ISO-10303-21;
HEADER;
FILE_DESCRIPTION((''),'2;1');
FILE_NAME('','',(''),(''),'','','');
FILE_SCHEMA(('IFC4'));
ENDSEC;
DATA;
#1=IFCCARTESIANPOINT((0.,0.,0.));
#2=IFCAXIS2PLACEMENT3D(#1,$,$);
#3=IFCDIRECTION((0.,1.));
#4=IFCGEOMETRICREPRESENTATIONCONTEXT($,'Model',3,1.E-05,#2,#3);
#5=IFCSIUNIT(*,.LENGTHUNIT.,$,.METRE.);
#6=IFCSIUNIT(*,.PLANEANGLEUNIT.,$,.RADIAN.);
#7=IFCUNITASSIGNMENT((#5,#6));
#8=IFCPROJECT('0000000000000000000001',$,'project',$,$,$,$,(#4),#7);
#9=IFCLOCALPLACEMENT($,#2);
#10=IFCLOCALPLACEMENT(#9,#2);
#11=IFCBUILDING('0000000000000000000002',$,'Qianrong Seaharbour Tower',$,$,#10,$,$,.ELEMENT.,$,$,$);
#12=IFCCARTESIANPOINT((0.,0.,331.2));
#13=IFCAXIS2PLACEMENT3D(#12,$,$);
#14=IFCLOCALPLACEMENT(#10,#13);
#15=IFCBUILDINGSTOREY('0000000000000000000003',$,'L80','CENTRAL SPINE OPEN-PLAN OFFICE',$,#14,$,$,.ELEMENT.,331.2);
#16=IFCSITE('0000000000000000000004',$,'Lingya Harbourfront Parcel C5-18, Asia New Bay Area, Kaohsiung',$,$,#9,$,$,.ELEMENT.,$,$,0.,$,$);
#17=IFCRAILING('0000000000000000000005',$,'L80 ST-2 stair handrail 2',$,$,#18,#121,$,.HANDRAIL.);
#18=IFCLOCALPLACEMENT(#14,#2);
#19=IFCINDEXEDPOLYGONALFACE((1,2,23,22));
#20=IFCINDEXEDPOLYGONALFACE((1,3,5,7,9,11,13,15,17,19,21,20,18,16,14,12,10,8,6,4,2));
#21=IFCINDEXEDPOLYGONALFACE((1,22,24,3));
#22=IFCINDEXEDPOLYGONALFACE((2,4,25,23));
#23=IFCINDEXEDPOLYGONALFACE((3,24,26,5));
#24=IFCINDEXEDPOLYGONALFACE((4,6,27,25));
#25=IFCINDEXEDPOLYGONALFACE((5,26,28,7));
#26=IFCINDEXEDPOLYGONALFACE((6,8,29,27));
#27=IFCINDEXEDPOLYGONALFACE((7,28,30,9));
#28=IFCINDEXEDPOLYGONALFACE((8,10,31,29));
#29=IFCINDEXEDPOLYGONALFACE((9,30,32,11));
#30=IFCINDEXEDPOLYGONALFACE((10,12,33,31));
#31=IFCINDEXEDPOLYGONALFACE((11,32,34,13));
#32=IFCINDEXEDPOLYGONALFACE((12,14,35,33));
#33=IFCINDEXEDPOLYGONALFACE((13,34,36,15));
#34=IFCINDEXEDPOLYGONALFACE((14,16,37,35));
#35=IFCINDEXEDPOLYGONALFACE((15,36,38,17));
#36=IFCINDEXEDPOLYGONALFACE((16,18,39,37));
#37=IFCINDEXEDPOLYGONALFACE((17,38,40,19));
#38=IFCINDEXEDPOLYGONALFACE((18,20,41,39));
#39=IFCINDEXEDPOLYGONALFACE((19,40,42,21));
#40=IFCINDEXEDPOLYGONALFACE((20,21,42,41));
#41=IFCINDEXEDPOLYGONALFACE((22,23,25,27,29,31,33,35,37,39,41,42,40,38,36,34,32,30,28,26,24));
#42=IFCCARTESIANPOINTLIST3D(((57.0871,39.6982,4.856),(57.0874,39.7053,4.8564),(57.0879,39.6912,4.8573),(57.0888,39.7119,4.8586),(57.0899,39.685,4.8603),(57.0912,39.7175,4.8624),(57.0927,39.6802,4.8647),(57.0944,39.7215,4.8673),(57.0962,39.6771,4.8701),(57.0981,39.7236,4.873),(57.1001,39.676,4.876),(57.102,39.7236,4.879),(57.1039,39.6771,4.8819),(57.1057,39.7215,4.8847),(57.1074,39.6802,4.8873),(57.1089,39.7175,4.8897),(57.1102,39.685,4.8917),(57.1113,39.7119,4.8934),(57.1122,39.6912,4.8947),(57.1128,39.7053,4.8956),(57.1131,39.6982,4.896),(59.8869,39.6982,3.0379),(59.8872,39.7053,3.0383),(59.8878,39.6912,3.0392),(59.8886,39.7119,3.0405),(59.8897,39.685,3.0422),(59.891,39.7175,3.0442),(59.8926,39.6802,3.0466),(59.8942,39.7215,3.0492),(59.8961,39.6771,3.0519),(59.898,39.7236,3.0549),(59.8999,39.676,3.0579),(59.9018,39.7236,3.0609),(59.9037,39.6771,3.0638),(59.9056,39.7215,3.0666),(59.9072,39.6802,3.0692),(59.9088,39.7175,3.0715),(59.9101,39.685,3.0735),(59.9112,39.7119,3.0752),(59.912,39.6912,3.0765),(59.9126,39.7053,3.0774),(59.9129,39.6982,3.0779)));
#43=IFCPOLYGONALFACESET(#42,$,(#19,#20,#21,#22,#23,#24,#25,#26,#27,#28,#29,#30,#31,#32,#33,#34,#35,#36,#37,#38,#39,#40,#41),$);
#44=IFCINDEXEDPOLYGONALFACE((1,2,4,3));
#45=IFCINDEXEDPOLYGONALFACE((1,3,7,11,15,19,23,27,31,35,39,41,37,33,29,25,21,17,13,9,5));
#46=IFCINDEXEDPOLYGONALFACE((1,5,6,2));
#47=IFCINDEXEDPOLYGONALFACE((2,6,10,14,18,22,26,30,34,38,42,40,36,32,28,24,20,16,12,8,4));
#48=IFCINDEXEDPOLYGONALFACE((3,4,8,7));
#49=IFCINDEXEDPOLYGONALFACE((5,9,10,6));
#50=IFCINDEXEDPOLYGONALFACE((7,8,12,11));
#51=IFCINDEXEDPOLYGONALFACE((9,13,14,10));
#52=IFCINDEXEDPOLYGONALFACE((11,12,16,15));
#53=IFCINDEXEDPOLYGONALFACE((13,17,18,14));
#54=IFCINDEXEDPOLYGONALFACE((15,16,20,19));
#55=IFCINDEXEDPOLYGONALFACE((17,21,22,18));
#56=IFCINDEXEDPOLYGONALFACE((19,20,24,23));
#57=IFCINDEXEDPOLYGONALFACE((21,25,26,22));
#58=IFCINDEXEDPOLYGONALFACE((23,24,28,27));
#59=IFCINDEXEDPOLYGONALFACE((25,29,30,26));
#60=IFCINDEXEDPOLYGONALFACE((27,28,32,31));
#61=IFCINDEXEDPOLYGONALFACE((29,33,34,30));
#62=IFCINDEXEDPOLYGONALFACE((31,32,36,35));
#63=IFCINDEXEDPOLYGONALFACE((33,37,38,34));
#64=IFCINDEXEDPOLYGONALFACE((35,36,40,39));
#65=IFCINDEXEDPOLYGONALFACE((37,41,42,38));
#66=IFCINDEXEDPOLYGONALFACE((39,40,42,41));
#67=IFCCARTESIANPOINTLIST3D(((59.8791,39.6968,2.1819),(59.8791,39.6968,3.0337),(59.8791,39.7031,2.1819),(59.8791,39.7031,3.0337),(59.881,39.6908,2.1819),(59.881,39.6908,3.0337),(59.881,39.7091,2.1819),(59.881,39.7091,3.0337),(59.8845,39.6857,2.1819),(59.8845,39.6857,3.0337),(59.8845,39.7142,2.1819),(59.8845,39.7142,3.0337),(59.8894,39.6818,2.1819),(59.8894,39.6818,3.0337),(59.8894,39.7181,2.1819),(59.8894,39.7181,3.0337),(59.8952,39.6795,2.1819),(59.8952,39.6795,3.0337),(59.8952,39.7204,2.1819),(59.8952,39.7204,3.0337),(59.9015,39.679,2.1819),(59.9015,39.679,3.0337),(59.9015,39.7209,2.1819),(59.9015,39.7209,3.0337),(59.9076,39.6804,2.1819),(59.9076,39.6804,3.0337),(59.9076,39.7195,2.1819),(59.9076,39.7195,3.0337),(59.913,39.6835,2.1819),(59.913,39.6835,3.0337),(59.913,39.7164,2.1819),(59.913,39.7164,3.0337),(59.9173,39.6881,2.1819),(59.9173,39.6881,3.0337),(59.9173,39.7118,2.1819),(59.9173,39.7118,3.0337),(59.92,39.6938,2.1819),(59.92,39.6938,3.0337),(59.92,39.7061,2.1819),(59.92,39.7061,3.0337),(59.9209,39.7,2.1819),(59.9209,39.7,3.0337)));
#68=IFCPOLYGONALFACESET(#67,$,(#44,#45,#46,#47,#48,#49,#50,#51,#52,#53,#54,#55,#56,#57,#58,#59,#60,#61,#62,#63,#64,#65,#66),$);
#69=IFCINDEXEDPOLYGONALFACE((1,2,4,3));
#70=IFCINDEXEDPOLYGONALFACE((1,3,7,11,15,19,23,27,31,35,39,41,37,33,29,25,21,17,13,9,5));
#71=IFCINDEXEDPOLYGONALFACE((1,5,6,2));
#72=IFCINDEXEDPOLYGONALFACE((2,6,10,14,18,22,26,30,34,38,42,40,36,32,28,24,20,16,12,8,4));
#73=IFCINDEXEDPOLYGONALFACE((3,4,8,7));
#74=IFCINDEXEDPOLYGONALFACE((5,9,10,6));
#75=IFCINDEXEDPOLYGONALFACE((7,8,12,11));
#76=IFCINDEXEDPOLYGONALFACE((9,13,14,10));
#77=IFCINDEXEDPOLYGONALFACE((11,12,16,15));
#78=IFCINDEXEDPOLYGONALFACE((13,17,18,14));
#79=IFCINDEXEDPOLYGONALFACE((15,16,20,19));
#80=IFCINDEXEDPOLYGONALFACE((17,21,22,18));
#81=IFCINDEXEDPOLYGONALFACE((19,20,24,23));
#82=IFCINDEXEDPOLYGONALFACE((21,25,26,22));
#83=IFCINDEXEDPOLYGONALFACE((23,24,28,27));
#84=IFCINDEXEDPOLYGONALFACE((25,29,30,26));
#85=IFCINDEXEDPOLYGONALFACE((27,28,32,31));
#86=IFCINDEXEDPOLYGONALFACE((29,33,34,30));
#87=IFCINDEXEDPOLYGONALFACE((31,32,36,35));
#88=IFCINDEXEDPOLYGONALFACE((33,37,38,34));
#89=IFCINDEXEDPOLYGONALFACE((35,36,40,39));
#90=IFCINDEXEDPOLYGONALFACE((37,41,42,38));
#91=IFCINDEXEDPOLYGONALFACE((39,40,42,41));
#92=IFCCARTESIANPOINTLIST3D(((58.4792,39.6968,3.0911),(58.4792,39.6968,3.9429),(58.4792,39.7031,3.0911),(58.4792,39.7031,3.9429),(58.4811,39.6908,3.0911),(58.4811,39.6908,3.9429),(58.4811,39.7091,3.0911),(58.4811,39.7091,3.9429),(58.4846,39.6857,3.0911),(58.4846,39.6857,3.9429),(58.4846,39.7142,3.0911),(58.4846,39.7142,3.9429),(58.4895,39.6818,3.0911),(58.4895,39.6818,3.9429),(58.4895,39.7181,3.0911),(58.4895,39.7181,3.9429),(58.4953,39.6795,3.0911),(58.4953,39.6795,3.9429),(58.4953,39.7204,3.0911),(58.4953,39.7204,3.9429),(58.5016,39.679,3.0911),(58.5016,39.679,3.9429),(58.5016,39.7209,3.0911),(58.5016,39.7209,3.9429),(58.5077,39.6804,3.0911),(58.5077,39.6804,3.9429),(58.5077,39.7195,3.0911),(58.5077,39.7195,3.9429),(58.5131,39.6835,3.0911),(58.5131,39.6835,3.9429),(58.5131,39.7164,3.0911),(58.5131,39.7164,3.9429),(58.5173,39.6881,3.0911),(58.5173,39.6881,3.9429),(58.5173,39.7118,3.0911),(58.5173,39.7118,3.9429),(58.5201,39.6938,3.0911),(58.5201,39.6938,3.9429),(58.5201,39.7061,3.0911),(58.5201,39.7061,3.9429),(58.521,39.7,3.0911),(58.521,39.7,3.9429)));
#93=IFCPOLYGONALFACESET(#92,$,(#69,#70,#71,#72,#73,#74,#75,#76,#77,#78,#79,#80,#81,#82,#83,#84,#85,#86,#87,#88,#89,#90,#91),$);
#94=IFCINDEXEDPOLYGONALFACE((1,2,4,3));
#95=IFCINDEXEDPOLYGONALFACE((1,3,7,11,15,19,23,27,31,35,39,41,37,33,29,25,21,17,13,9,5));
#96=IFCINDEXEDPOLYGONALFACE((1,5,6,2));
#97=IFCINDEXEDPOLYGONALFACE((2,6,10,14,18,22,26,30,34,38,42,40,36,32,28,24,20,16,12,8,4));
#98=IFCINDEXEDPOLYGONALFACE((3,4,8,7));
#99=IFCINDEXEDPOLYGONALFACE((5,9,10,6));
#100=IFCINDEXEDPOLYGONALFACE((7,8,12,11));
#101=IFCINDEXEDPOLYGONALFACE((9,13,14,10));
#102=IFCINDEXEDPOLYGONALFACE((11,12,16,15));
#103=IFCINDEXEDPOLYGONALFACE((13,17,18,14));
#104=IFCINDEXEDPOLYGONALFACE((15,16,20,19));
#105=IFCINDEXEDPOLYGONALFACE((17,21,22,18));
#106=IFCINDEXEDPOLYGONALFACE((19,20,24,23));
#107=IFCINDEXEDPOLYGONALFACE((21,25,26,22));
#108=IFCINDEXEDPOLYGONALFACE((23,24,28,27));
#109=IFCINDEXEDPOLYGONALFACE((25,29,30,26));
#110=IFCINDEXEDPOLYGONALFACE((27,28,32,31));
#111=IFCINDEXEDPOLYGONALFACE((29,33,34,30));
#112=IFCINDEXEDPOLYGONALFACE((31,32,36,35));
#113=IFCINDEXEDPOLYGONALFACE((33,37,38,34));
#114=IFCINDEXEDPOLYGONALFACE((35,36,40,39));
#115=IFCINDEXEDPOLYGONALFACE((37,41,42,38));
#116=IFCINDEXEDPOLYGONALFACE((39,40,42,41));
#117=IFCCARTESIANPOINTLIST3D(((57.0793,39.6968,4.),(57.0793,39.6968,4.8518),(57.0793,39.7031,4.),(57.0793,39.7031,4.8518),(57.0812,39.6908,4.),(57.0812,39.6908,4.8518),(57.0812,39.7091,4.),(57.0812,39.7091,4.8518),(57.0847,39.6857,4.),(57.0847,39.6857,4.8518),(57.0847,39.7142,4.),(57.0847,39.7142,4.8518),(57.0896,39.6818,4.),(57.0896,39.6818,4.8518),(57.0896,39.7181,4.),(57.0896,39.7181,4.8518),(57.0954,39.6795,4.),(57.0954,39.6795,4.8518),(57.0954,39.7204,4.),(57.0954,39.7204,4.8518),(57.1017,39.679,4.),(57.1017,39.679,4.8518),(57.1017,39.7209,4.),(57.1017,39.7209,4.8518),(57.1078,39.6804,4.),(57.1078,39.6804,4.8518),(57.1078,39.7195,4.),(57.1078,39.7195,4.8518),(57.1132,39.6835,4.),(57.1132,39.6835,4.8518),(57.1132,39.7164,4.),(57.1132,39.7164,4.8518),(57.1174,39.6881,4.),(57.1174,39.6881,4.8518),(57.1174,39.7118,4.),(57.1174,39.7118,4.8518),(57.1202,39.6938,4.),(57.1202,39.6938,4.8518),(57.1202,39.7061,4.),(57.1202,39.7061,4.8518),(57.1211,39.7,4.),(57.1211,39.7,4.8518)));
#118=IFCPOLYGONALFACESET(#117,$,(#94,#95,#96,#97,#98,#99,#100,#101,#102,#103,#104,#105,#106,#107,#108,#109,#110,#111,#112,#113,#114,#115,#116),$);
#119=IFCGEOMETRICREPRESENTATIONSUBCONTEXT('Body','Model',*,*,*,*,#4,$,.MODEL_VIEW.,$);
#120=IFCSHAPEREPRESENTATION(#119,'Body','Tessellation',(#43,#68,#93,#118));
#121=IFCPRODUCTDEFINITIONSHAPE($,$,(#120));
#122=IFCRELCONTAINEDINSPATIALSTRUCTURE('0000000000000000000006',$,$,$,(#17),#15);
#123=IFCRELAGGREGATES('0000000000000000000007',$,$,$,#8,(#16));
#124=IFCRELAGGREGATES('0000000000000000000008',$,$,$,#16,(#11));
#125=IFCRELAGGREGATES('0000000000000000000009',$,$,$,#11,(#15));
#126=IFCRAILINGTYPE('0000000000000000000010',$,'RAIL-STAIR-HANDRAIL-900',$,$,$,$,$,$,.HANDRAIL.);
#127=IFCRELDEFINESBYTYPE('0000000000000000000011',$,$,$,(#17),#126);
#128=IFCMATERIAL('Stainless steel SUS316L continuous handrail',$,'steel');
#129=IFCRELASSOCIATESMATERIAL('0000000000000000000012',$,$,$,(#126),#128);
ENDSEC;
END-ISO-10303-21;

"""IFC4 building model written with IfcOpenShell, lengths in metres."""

from ifc_helpers import new_model, si_unit, direction, frame, origin, origin_2d, place, context, subcontext, project, spatial, circle, extrude, material, type_object, element, save


model = new_model("IFC4")

# Units and contexts
model_context = context("Model", 3, precision=1e-05, world=origin(), true_north=direction((0.0, 1.0)))
body_context = subcontext(model_context, "Body", "Model", "MODEL_VIEW")
ifc_project = project(units=[si_unit("LENGTHUNIT", "METRE"), si_unit("PLANEANGLEUNIT", "RADIAN")], contexts=[model_context])

# Site, building, storey
site_placement = place(None, origin())
site = spatial("IfcSite", under=ifc_project, at=site_placement, Name="Lingya Harbourfront Parcel C5-18, Asia New Bay Area, Kaohsiung", CompositionType="ELEMENT", RefElevation=0.0)
building_placement = place(site_placement, origin())
building = spatial("IfcBuilding", under=site, at=building_placement, Name="Qianrong Seaharbour Tower", CompositionType="ELEMENT")
storey_placement = place(building_placement, frame((0.0, 0.0, 331.2)))
storey = spatial("IfcBuildingStorey", under=building, at=storey_placement, Name="L80", Description="CENTRAL SPINE OPEN-PLAN OFFICE", CompositionType="ELEMENT", Elevation=331.2)

# Railing
ifc_material_1 = material(Name="Stainless steel SUS316L continuous handrail", Category="steel")
railing_type_1 = type_object("IfcRailingType", Name="RAIL-STAIR-HANDRAIL-900", PredefinedType="HANDRAIL", material=ifc_material_1)
railing_1_placement = place(storey_placement, frame((59.8999, 39.7, 2.1819)))
element("IfcRailing", 1, at=railing_1_placement, inside=storey, type_object=railing_type_1, Name="L80 ST-2 stair handrail 2", PredefinedType="HANDRAIL", context=body_context, shape_type="SweptSolid", body=[
    extrude(circle(Radius=0.0239, at=origin_2d()), frame((0.0, 0.0, 0.876), z_axis=(-0.838684, 0.0, 0.544618), x_axis=(0.0, -1.0, 0.0)), (0.0, 0.0, 1.0), 3.3384),
    extrude(circle(Radius=0.021, at=origin_2d()), origin(), (0.0, 0.0, 1.0), 0.8518),
    extrude(circle(Radius=0.021, at=origin_2d()), frame((-1.3999, 0.0, 0.9092)), (0.0, 0.0, 1.0), 0.8518),
    extrude(circle(Radius=0.021, at=origin_2d()), frame((-2.7998, 0.0, 1.8181)), (0.0, 0.0, 1.0), 0.8518),
])

save(model, "model.ifc")
